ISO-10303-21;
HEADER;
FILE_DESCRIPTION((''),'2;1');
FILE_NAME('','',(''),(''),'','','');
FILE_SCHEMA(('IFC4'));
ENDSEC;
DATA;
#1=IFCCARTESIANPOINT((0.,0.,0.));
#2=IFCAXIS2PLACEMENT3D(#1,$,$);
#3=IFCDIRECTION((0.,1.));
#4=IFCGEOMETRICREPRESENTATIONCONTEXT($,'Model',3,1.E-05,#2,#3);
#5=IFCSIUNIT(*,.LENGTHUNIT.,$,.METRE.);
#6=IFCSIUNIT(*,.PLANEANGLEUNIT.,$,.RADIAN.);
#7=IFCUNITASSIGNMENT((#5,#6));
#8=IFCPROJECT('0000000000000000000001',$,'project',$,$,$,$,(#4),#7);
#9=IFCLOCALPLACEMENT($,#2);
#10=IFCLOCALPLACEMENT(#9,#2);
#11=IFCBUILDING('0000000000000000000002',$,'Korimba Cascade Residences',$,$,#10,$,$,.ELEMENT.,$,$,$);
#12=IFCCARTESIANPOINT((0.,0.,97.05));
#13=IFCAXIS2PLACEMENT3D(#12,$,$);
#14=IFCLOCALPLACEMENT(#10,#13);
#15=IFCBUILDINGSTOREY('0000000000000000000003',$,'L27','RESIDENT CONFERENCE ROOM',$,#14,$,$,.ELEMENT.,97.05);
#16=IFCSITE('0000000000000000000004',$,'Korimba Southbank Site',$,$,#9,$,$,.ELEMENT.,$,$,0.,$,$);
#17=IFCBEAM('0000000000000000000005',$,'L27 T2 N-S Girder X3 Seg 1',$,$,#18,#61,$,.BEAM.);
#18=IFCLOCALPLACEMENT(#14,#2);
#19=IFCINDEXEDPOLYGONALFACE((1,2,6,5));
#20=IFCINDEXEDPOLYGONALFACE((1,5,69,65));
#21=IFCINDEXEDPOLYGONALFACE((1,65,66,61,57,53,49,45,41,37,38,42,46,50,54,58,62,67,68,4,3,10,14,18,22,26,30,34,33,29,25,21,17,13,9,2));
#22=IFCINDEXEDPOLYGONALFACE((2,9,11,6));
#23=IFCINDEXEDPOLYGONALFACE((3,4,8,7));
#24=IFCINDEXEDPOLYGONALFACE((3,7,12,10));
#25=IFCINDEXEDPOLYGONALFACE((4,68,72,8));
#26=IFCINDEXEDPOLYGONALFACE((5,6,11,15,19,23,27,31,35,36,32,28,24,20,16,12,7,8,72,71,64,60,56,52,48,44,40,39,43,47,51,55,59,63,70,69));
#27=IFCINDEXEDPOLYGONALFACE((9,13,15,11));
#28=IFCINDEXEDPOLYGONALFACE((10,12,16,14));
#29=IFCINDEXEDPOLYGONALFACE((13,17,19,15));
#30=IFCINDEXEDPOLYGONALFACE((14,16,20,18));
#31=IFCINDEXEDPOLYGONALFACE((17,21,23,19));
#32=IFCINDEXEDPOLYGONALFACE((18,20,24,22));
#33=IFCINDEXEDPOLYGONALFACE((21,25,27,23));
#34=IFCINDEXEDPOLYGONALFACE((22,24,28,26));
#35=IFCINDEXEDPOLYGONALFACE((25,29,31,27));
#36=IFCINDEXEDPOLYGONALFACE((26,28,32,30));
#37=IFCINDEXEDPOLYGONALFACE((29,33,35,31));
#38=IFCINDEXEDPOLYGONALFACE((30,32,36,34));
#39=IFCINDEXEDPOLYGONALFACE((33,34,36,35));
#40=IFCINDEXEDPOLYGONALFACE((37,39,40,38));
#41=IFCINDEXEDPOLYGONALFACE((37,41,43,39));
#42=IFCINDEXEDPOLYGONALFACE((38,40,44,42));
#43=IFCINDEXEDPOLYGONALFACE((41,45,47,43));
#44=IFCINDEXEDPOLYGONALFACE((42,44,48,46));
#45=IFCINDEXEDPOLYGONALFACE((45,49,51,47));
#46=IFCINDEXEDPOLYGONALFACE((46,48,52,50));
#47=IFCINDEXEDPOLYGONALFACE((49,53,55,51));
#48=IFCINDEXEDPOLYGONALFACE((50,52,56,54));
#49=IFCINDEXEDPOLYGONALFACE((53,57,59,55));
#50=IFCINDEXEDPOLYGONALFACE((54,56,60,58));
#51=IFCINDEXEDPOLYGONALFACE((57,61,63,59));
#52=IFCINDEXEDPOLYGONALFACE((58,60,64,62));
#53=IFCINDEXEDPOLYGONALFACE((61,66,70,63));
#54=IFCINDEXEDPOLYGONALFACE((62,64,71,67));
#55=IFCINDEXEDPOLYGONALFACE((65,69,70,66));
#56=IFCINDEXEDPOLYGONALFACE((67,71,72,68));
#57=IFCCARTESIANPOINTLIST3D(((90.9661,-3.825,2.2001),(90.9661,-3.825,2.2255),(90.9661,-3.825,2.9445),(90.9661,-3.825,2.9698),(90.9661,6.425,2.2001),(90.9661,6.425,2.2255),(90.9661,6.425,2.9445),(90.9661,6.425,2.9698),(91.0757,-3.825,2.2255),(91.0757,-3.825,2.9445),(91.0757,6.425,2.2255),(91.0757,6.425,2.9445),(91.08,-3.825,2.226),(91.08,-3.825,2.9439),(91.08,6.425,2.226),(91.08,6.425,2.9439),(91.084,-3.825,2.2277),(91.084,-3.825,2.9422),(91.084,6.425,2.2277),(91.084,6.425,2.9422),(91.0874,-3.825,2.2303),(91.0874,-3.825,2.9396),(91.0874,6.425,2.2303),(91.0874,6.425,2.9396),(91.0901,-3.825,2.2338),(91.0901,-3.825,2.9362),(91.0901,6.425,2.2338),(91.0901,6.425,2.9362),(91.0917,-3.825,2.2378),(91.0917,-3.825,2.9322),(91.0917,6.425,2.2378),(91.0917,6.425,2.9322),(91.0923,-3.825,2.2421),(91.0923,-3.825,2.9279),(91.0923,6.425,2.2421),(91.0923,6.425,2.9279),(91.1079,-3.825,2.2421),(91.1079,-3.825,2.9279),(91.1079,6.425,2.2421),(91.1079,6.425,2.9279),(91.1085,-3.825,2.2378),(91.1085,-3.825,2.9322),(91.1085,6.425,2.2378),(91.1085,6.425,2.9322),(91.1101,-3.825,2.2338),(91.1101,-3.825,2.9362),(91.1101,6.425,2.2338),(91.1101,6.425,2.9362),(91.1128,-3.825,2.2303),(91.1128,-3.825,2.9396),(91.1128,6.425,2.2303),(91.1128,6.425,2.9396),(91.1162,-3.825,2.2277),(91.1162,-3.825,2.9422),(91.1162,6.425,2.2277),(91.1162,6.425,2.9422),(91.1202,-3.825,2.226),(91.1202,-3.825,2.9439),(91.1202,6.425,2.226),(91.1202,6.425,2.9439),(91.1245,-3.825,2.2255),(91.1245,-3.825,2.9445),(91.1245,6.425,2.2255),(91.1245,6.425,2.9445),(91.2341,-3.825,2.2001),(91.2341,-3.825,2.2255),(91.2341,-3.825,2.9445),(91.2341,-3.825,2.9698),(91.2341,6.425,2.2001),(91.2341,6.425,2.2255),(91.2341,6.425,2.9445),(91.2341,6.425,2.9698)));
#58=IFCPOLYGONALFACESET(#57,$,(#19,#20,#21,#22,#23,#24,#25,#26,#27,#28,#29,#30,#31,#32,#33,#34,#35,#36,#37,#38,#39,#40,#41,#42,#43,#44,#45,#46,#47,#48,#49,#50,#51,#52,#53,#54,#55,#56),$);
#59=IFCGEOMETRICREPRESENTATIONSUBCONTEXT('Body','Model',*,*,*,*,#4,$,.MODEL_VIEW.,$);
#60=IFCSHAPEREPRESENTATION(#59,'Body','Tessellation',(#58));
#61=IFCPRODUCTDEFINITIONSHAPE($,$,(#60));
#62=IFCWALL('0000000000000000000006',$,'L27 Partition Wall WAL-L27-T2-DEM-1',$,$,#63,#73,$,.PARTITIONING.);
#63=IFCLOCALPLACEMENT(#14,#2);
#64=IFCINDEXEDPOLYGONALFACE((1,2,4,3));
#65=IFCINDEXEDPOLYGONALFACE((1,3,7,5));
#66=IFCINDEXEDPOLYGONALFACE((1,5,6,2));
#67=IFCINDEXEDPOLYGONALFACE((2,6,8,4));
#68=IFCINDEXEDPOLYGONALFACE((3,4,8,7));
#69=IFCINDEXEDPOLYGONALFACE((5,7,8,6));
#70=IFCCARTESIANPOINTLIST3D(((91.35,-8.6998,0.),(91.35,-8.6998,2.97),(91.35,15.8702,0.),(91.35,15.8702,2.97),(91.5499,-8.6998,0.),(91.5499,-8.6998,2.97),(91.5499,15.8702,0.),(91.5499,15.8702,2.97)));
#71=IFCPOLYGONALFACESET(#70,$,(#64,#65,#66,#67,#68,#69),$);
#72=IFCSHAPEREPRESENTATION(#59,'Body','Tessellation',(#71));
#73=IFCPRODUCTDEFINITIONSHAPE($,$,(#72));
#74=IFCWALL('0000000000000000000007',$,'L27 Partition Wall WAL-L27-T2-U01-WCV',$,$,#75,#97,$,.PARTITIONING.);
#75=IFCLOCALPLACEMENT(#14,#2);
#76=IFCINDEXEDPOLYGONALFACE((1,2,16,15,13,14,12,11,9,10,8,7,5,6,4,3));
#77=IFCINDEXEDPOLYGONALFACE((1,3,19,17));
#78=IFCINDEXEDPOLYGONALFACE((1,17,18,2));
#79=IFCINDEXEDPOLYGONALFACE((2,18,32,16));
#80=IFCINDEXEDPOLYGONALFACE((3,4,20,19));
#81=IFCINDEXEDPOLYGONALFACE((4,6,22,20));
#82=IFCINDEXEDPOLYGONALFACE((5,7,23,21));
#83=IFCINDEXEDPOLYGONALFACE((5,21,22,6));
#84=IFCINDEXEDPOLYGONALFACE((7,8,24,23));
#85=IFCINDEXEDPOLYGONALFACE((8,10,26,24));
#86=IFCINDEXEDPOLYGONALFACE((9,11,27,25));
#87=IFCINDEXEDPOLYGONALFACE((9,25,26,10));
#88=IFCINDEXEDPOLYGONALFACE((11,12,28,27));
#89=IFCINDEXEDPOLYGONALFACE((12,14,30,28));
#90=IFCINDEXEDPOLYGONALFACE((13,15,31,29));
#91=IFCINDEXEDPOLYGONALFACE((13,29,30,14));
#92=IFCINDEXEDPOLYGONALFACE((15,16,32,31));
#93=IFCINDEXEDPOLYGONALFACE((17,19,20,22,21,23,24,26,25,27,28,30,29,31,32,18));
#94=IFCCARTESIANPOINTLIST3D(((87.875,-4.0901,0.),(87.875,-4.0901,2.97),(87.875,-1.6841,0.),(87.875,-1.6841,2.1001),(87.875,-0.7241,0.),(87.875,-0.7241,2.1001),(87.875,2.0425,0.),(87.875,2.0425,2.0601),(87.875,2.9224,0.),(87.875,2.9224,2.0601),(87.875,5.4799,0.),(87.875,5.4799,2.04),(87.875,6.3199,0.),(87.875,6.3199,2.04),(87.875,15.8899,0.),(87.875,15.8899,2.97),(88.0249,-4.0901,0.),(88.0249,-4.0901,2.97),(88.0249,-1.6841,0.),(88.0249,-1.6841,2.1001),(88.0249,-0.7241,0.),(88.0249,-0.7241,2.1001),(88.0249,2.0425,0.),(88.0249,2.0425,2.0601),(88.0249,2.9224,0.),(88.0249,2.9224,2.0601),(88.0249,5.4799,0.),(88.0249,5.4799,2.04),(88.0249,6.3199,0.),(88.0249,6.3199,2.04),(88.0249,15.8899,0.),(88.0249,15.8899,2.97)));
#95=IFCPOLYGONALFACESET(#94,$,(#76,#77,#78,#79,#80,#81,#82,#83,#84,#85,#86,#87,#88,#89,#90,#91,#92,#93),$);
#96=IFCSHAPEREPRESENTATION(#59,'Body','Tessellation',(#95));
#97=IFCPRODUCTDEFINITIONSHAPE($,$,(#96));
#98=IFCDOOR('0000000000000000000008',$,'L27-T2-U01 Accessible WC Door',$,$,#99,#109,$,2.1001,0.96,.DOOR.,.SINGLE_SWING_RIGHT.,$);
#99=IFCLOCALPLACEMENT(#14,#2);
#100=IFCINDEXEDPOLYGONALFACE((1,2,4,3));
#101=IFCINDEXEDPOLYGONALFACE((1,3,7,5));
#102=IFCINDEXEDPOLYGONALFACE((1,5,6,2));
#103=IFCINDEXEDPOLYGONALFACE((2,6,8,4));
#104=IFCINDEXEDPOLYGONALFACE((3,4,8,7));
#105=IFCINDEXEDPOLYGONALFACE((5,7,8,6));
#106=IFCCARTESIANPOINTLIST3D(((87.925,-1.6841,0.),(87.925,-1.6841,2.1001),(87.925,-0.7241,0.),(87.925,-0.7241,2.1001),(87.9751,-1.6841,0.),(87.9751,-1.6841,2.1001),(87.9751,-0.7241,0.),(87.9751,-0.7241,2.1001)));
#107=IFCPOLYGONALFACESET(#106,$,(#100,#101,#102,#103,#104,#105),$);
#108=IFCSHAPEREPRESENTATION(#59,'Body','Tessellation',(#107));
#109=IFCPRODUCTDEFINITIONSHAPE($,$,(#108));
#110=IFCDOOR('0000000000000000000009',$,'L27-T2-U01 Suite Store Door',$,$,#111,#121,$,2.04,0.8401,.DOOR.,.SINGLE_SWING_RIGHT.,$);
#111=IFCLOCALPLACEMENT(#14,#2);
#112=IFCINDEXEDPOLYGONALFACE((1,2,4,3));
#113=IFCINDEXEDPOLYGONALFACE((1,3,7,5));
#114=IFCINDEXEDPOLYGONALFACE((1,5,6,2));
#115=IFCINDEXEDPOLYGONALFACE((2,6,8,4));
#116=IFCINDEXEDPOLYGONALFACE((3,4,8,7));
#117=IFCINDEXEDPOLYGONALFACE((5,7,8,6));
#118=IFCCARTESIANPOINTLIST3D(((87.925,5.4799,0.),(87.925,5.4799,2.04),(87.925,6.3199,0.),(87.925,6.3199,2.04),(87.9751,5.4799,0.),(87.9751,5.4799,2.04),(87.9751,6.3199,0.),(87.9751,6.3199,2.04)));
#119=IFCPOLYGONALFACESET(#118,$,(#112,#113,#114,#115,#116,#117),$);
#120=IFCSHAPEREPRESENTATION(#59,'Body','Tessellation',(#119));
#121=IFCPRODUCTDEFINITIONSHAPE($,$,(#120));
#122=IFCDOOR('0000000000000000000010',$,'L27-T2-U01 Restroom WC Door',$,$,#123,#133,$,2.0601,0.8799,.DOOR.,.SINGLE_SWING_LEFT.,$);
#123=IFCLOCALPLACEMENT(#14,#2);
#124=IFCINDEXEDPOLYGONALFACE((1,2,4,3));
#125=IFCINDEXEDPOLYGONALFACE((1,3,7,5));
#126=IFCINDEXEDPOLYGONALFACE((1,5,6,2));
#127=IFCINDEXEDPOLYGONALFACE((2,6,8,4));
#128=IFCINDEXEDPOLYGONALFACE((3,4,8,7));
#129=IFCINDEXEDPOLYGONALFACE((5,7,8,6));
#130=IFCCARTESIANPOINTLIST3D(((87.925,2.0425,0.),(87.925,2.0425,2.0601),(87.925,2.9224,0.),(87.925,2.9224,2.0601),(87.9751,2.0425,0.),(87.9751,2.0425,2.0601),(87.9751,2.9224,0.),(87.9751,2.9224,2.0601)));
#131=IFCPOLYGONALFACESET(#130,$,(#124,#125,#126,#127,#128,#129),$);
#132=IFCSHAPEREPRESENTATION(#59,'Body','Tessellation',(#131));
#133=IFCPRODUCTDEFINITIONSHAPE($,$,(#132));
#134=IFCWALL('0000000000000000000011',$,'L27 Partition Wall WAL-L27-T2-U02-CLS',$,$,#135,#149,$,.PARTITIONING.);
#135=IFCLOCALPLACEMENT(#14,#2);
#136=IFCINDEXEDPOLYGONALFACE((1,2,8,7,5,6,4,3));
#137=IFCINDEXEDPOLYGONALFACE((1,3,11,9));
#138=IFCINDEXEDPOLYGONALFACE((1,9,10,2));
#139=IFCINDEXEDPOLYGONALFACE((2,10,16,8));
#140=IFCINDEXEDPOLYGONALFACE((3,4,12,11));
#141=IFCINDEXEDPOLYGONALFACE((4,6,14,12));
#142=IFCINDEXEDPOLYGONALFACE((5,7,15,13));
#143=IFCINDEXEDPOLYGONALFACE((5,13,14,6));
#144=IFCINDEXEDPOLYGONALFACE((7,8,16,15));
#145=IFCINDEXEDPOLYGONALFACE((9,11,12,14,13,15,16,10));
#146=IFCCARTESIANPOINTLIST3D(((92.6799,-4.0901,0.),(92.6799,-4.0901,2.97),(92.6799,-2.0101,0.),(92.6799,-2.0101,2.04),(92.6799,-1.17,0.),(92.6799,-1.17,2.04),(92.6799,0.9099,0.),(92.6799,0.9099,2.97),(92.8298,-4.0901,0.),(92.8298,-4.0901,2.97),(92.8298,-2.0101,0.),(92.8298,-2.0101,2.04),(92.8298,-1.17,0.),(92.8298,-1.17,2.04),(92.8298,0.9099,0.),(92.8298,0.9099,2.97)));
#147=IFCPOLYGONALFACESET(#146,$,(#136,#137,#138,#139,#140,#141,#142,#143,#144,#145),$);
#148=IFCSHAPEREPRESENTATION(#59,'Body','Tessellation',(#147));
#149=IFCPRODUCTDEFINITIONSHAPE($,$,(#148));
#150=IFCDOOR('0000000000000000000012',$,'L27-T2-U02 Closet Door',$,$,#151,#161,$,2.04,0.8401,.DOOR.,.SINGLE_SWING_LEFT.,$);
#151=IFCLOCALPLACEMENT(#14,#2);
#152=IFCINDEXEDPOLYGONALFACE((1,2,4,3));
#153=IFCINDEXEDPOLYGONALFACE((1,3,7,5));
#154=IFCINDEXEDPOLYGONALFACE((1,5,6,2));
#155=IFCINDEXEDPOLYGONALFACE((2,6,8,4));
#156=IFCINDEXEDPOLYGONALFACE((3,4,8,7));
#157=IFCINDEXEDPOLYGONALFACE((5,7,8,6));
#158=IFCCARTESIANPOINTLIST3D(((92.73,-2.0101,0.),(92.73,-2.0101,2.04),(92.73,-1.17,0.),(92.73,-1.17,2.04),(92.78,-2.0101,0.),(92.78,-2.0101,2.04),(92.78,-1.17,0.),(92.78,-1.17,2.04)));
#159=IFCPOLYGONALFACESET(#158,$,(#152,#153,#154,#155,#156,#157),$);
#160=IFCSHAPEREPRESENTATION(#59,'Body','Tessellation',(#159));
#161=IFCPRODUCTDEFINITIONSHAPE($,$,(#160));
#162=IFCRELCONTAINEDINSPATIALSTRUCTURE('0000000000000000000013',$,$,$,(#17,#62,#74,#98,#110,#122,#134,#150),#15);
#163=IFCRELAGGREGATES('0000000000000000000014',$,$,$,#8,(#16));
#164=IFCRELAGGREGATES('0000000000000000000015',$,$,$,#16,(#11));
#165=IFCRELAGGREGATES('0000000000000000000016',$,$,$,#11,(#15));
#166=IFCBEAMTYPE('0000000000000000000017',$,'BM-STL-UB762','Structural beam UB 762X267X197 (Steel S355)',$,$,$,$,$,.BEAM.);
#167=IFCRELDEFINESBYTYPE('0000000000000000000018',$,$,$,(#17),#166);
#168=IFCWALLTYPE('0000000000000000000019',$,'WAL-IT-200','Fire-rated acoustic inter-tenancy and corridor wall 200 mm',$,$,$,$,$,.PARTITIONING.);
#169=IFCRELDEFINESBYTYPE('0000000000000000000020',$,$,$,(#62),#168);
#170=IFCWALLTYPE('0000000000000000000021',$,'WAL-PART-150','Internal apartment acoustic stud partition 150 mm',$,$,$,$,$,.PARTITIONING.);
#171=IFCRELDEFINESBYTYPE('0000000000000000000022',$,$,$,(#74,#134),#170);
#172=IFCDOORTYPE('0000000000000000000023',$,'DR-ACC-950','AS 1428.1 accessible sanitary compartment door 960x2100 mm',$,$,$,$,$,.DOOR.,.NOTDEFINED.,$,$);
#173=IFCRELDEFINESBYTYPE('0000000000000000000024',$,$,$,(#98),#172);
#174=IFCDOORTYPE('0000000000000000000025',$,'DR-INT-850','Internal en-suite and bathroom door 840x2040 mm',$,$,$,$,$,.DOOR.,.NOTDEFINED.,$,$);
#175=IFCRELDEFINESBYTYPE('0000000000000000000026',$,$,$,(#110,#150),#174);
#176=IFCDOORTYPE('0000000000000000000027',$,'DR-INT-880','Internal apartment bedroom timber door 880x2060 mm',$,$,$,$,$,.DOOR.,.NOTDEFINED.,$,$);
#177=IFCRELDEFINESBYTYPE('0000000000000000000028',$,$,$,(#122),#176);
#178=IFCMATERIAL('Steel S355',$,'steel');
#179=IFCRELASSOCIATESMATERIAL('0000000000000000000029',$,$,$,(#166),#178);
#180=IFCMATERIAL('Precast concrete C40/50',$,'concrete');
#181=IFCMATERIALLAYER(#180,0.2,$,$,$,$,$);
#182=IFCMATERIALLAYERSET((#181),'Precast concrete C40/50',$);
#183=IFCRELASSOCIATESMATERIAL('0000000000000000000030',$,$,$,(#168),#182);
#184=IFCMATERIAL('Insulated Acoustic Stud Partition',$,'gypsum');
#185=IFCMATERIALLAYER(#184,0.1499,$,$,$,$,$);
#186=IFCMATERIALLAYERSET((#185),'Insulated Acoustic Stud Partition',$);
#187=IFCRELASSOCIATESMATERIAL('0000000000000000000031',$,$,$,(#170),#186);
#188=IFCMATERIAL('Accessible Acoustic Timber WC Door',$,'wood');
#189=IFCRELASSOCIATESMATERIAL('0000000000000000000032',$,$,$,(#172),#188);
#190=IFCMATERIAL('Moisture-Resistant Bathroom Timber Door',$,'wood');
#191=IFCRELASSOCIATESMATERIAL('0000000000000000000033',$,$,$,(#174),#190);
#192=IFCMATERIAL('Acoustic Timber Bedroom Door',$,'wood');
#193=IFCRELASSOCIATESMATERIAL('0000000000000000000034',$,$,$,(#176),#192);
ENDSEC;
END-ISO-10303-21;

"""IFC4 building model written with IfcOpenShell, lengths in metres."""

from ifc_helpers import new_model, si_unit, direction, frame, frame_2d, origin, origin_2d, place, context, subcontext, project, spatial, rectangle, i_section, extrude, material, layer, layer_set, material_profile, profile_set, type_object, element, fill, save


model = new_model("IFC4")

# Units and contexts
model_context = context("Model", 3, precision=1e-05, world=origin(), true_north=direction((0.0, 1.0)))
body_context = subcontext(model_context, "Body", "Model", "MODEL_VIEW")
ifc_project = project(units=[si_unit("LENGTHUNIT", "METRE"), si_unit("PLANEANGLEUNIT", "RADIAN")], contexts=[model_context])

# Site, building, storey
site_placement = place(None, origin())
site = spatial("IfcSite", under=ifc_project, at=site_placement, Name="Korimba Southbank Site", CompositionType="ELEMENT", RefElevation=0.0)
building_placement = place(site_placement, origin())
building = spatial("IfcBuilding", under=site, at=building_placement, Name="Korimba Cascade Residences", CompositionType="ELEMENT")
storey_placement = place(building_placement, frame((0.0, 0.0, 97.05)))
storey = spatial("IfcBuildingStorey", under=building, at=storey_placement, Name="L27", Description="RESIDENT CONFERENCE ROOM", CompositionType="ELEMENT", Elevation=97.05)

# Beam
ifc_material_1 = material(Name="Steel S355", Category="steel")
ifc_material_profile_1 = material_profile(ifc_material_1, i_section(OverallWidth=0.2681, OverallDepth=0.7698, WebThickness=0.0156, FlangeThickness=0.0254, FilletRadius=0.0166, at=origin_2d()), Name="Steel S355")
ifc_profile_set_1 = profile_set([ifc_material_profile_1], Name="Steel S355")
beam_type_1 = type_object("IfcBeamType", Name="BM-STL-UB762", Description="Structural beam UB 762X267X197 (Steel S355)", PredefinedType="BEAM", material=ifc_profile_set_1)
for number, where, z_axis, x_axis, name in (
    (1, (91.1001, -3.825, 2.585), (0.0, 1.0, 0.0), (-1.0, 0.0, 0.0), "L27 T2 N-S Girder X3 Seg 1"),
):
    element("IfcBeam", number, at=place(storey_placement, frame(where, z_axis=z_axis, x_axis=x_axis)), inside=storey, type_object=beam_type_1, Name=name, PredefinedType="BEAM", context=body_context, shape_type="SweptSolid", body=[
        extrude(i_section(OverallWidth=0.2681, OverallDepth=0.7698, WebThickness=0.0156, FlangeThickness=0.0254, FilletRadius=0.0166, at=origin_2d()), origin(), (0.0, 0.0, 1.0), 10.25),
    ])

# Wall
ifc_material_2 = material(Name="Precast concrete C40/50", Category="concrete")
ifc_layer_1 = layer(ifc_material_2, 0.2)
ifc_layer_set_1 = layer_set([ifc_layer_1], Name="Precast concrete C40/50")
wall_type_1 = type_object("IfcWallType", Name="WAL-IT-200", Description="Fire-rated acoustic inter-tenancy and corridor wall 200 mm", PredefinedType="PARTITIONING", material=ifc_layer_set_1)
wall_1_placement = place(storey_placement, frame((91.45, -8.7, 0.0), z_axis=(0.0, 0.0, 1.0), x_axis=(0.0, 1.0, 0.0)))
element("IfcWall", 2, at=wall_1_placement, inside=storey, type_object=wall_type_1, Name="L27 Partition Wall WAL-L27-T2-DEM-1", PredefinedType="PARTITIONING", context=body_context, shape_type="SweptSolid", body=[
    extrude(rectangle(XDim=24.5701, YDim=0.2, at=frame_2d((12.2852, 0.0))), origin(), (0.0, 0.0, 1.0), 2.97),
])

# Wall, openings, doors
ifc_material_3 = material(Name="Insulated Acoustic Stud Partition", Category="gypsum")
ifc_layer_2 = layer(ifc_material_3, 0.1499)
ifc_layer_set_2 = layer_set([ifc_layer_2], Name="Insulated Acoustic Stud Partition")
wall_type_2 = type_object("IfcWallType", Name="WAL-PART-150", Description="Internal apartment acoustic stud partition 150 mm", PredefinedType="PARTITIONING", material=ifc_layer_set_2)
wall_2_placement = place(storey_placement, frame((87.95, -4.0901, 0.0), z_axis=(0.0, 0.0, 1.0), x_axis=(0.0, 1.0, 0.0)))
wall_2 = element("IfcWall", 3, at=wall_2_placement, inside=storey, type_object=wall_type_2, Name="L27 Partition Wall WAL-L27-T2-U01-WCV", PredefinedType="PARTITIONING", context=body_context, shape_type="SweptSolid", body=[
    extrude(rectangle(XDim=19.98, YDim=0.1499, at=frame_2d((9.99, 0.0))), origin(), (0.0, 0.0, 1.0), 2.97),
])
opening_1_placement = place(wall_2_placement, frame((2.406, 0.0, 0.0)))
opening_1 = element("IfcOpeningElement", 4, at=opening_1_placement, cuts=wall_2, PredefinedType="OPENING", context=body_context, shape_type="SweptSolid", body=[
    extrude(rectangle(XDim=0.96, YDim=2.1001, at=frame_2d((0.48, 1.05))), frame((0.0, 0.085, 0.0), z_axis=(0.0, -1.0, 0.0), x_axis=(1.0, 0.0, 0.0)), (0.0, 0.0, 1.0), 0.1699),
])
opening_2_placement = place(wall_2_placement, frame((6.1326, 0.0, 0.0)))
opening_2 = element("IfcOpeningElement", 5, at=opening_2_placement, cuts=wall_2, PredefinedType="OPENING", context=body_context, shape_type="SweptSolid", body=[
    extrude(rectangle(XDim=0.8799, YDim=2.0601, at=frame_2d((0.4399, 1.03))), frame((0.0, 0.085, 0.0), z_axis=(0.0, -1.0, 0.0), x_axis=(1.0, 0.0, 0.0)), (0.0, 0.0, 1.0), 0.1699),
])
opening_3_placement = place(wall_2_placement, frame((9.5701, 0.0, 0.0)))
opening_3 = element("IfcOpeningElement", 6, at=opening_3_placement, cuts=wall_2, PredefinedType="OPENING", context=body_context, shape_type="SweptSolid", body=[
    extrude(rectangle(XDim=0.8401, YDim=2.04, at=frame_2d((0.4199, 1.02))), frame((0.0, 0.085, 0.0), z_axis=(0.0, -1.0, 0.0), x_axis=(1.0, 0.0, 0.0)), (0.0, 0.0, 1.0), 0.1699),
])
ifc_material_4 = material(Name="Accessible Acoustic Timber WC Door", Category="wood")
door_type_1 = type_object("IfcDoorType", Name="DR-ACC-950", Description="AS 1428.1 accessible sanitary compartment door 960x2100 mm", OperationType="NOTDEFINED", PredefinedType="DOOR", material=ifc_material_4)
door_1_placement = place(opening_1_placement, origin())
door_1 = element("IfcDoor", 7, at=door_1_placement, inside=storey, type_object=door_type_1, Name="L27-T2-U01 Accessible WC Door", OperationType="SINGLE_SWING_RIGHT", OverallHeight=2.1001, OverallWidth=0.96, PredefinedType="DOOR", context=body_context, shape_type="SweptSolid", body=[
    extrude(rectangle(XDim=0.96, YDim=2.1001, at=frame_2d((0.48, 1.05))), frame((0.0, 0.0249, 0.0), z_axis=(0.0, -1.0, 0.0), x_axis=(1.0, 0.0, 0.0)), (0.0, 0.0, 1.0), 0.05),
])
fill(opening_1, door_1)
ifc_material_5 = material(Name="Moisture-Resistant Bathroom Timber Door", Category="wood")
door_type_2 = type_object("IfcDoorType", Name="DR-INT-850", Description="Internal en-suite and bathroom door 840x2040 mm", OperationType="NOTDEFINED", PredefinedType="DOOR", material=ifc_material_5)
door_2_placement = place(opening_3_placement, origin())
door_2 = element("IfcDoor", 8, at=door_2_placement, inside=storey, type_object=door_type_2, Name="L27-T2-U01 Suite Store Door", OperationType="SINGLE_SWING_RIGHT", OverallHeight=2.04, OverallWidth=0.8401, PredefinedType="DOOR", context=body_context, shape_type="SweptSolid", body=[
    extrude(rectangle(XDim=0.8401, YDim=2.04, at=frame_2d((0.4199, 1.02))), frame((0.0, 0.0249, 0.0), z_axis=(0.0, -1.0, 0.0), x_axis=(1.0, 0.0, 0.0)), (0.0, 0.0, 1.0), 0.05),
])
fill(opening_3, door_2)
ifc_material_6 = material(Name="Acoustic Timber Bedroom Door", Category="wood")
door_type_3 = type_object("IfcDoorType", Name="DR-INT-880", Description="Internal apartment bedroom timber door 880x2060 mm", OperationType="NOTDEFINED", PredefinedType="DOOR", material=ifc_material_6)
door_3_placement = place(opening_2_placement, origin())
door_3 = element("IfcDoor", 9, at=door_3_placement, inside=storey, type_object=door_type_3, Name="L27-T2-U01 Restroom WC Door", OperationType="SINGLE_SWING_LEFT", OverallHeight=2.0601, OverallWidth=0.8799, PredefinedType="DOOR", context=body_context, shape_type="SweptSolid", body=[
    extrude(rectangle(XDim=0.8799, YDim=2.0601, at=frame_2d((0.4399, 1.03))), frame((0.0, 0.0249, 0.0), z_axis=(0.0, -1.0, 0.0), x_axis=(1.0, 0.0, 0.0)), (0.0, 0.0, 1.0), 0.05),
])
fill(opening_2, door_3)

# Wall, opening, door
wall_3_placement = place(storey_placement, frame((92.7549, -4.0901, 0.0), z_axis=(0.0, 0.0, 1.0), x_axis=(0.0, 1.0, 0.0)))
wall_3 = element("IfcWall", 10, at=wall_3_placement, inside=storey, type_object=wall_type_2, Name="L27 Partition Wall WAL-L27-T2-U02-CLS", PredefinedType="PARTITIONING", context=body_context, shape_type="SweptSolid", body=[
    extrude(rectangle(XDim=5.0, YDim=0.1499, at=frame_2d((2.5, 0.0))), origin(), (0.0, 0.0, 1.0), 2.97),
])
opening_4_placement = place(wall_3_placement, frame((2.0801, 0.0, 0.0)))
opening_4 = element("IfcOpeningElement", 11, at=opening_4_placement, cuts=wall_3, PredefinedType="OPENING", context=body_context, shape_type="SweptSolid", body=[
    extrude(rectangle(XDim=0.8401, YDim=2.04, at=frame_2d((0.4199, 1.02))), frame((0.0, 0.085, 0.0), z_axis=(0.0, -1.0, 0.0), x_axis=(1.0, 0.0, 0.0)), (0.0, 0.0, 1.0), 0.1699),
])
door_4_placement = place(opening_4_placement, origin())
door_4 = element("IfcDoor", 12, at=door_4_placement, inside=storey, type_object=door_type_2, Name="L27-T2-U02 Closet Door", OperationType="SINGLE_SWING_LEFT", OverallHeight=2.04, OverallWidth=0.8401, PredefinedType="DOOR", context=body_context, shape_type="SweptSolid", body=[
    extrude(rectangle(XDim=0.8401, YDim=2.04, at=frame_2d((0.4199, 1.02))), frame((0.0, 0.0249, 0.0), z_axis=(0.0, -1.0, 0.0), x_axis=(1.0, 0.0, 0.0)), (0.0, 0.0, 1.0), 0.05),
])
fill(opening_4, door_4)

save(model, "model.ifc")
